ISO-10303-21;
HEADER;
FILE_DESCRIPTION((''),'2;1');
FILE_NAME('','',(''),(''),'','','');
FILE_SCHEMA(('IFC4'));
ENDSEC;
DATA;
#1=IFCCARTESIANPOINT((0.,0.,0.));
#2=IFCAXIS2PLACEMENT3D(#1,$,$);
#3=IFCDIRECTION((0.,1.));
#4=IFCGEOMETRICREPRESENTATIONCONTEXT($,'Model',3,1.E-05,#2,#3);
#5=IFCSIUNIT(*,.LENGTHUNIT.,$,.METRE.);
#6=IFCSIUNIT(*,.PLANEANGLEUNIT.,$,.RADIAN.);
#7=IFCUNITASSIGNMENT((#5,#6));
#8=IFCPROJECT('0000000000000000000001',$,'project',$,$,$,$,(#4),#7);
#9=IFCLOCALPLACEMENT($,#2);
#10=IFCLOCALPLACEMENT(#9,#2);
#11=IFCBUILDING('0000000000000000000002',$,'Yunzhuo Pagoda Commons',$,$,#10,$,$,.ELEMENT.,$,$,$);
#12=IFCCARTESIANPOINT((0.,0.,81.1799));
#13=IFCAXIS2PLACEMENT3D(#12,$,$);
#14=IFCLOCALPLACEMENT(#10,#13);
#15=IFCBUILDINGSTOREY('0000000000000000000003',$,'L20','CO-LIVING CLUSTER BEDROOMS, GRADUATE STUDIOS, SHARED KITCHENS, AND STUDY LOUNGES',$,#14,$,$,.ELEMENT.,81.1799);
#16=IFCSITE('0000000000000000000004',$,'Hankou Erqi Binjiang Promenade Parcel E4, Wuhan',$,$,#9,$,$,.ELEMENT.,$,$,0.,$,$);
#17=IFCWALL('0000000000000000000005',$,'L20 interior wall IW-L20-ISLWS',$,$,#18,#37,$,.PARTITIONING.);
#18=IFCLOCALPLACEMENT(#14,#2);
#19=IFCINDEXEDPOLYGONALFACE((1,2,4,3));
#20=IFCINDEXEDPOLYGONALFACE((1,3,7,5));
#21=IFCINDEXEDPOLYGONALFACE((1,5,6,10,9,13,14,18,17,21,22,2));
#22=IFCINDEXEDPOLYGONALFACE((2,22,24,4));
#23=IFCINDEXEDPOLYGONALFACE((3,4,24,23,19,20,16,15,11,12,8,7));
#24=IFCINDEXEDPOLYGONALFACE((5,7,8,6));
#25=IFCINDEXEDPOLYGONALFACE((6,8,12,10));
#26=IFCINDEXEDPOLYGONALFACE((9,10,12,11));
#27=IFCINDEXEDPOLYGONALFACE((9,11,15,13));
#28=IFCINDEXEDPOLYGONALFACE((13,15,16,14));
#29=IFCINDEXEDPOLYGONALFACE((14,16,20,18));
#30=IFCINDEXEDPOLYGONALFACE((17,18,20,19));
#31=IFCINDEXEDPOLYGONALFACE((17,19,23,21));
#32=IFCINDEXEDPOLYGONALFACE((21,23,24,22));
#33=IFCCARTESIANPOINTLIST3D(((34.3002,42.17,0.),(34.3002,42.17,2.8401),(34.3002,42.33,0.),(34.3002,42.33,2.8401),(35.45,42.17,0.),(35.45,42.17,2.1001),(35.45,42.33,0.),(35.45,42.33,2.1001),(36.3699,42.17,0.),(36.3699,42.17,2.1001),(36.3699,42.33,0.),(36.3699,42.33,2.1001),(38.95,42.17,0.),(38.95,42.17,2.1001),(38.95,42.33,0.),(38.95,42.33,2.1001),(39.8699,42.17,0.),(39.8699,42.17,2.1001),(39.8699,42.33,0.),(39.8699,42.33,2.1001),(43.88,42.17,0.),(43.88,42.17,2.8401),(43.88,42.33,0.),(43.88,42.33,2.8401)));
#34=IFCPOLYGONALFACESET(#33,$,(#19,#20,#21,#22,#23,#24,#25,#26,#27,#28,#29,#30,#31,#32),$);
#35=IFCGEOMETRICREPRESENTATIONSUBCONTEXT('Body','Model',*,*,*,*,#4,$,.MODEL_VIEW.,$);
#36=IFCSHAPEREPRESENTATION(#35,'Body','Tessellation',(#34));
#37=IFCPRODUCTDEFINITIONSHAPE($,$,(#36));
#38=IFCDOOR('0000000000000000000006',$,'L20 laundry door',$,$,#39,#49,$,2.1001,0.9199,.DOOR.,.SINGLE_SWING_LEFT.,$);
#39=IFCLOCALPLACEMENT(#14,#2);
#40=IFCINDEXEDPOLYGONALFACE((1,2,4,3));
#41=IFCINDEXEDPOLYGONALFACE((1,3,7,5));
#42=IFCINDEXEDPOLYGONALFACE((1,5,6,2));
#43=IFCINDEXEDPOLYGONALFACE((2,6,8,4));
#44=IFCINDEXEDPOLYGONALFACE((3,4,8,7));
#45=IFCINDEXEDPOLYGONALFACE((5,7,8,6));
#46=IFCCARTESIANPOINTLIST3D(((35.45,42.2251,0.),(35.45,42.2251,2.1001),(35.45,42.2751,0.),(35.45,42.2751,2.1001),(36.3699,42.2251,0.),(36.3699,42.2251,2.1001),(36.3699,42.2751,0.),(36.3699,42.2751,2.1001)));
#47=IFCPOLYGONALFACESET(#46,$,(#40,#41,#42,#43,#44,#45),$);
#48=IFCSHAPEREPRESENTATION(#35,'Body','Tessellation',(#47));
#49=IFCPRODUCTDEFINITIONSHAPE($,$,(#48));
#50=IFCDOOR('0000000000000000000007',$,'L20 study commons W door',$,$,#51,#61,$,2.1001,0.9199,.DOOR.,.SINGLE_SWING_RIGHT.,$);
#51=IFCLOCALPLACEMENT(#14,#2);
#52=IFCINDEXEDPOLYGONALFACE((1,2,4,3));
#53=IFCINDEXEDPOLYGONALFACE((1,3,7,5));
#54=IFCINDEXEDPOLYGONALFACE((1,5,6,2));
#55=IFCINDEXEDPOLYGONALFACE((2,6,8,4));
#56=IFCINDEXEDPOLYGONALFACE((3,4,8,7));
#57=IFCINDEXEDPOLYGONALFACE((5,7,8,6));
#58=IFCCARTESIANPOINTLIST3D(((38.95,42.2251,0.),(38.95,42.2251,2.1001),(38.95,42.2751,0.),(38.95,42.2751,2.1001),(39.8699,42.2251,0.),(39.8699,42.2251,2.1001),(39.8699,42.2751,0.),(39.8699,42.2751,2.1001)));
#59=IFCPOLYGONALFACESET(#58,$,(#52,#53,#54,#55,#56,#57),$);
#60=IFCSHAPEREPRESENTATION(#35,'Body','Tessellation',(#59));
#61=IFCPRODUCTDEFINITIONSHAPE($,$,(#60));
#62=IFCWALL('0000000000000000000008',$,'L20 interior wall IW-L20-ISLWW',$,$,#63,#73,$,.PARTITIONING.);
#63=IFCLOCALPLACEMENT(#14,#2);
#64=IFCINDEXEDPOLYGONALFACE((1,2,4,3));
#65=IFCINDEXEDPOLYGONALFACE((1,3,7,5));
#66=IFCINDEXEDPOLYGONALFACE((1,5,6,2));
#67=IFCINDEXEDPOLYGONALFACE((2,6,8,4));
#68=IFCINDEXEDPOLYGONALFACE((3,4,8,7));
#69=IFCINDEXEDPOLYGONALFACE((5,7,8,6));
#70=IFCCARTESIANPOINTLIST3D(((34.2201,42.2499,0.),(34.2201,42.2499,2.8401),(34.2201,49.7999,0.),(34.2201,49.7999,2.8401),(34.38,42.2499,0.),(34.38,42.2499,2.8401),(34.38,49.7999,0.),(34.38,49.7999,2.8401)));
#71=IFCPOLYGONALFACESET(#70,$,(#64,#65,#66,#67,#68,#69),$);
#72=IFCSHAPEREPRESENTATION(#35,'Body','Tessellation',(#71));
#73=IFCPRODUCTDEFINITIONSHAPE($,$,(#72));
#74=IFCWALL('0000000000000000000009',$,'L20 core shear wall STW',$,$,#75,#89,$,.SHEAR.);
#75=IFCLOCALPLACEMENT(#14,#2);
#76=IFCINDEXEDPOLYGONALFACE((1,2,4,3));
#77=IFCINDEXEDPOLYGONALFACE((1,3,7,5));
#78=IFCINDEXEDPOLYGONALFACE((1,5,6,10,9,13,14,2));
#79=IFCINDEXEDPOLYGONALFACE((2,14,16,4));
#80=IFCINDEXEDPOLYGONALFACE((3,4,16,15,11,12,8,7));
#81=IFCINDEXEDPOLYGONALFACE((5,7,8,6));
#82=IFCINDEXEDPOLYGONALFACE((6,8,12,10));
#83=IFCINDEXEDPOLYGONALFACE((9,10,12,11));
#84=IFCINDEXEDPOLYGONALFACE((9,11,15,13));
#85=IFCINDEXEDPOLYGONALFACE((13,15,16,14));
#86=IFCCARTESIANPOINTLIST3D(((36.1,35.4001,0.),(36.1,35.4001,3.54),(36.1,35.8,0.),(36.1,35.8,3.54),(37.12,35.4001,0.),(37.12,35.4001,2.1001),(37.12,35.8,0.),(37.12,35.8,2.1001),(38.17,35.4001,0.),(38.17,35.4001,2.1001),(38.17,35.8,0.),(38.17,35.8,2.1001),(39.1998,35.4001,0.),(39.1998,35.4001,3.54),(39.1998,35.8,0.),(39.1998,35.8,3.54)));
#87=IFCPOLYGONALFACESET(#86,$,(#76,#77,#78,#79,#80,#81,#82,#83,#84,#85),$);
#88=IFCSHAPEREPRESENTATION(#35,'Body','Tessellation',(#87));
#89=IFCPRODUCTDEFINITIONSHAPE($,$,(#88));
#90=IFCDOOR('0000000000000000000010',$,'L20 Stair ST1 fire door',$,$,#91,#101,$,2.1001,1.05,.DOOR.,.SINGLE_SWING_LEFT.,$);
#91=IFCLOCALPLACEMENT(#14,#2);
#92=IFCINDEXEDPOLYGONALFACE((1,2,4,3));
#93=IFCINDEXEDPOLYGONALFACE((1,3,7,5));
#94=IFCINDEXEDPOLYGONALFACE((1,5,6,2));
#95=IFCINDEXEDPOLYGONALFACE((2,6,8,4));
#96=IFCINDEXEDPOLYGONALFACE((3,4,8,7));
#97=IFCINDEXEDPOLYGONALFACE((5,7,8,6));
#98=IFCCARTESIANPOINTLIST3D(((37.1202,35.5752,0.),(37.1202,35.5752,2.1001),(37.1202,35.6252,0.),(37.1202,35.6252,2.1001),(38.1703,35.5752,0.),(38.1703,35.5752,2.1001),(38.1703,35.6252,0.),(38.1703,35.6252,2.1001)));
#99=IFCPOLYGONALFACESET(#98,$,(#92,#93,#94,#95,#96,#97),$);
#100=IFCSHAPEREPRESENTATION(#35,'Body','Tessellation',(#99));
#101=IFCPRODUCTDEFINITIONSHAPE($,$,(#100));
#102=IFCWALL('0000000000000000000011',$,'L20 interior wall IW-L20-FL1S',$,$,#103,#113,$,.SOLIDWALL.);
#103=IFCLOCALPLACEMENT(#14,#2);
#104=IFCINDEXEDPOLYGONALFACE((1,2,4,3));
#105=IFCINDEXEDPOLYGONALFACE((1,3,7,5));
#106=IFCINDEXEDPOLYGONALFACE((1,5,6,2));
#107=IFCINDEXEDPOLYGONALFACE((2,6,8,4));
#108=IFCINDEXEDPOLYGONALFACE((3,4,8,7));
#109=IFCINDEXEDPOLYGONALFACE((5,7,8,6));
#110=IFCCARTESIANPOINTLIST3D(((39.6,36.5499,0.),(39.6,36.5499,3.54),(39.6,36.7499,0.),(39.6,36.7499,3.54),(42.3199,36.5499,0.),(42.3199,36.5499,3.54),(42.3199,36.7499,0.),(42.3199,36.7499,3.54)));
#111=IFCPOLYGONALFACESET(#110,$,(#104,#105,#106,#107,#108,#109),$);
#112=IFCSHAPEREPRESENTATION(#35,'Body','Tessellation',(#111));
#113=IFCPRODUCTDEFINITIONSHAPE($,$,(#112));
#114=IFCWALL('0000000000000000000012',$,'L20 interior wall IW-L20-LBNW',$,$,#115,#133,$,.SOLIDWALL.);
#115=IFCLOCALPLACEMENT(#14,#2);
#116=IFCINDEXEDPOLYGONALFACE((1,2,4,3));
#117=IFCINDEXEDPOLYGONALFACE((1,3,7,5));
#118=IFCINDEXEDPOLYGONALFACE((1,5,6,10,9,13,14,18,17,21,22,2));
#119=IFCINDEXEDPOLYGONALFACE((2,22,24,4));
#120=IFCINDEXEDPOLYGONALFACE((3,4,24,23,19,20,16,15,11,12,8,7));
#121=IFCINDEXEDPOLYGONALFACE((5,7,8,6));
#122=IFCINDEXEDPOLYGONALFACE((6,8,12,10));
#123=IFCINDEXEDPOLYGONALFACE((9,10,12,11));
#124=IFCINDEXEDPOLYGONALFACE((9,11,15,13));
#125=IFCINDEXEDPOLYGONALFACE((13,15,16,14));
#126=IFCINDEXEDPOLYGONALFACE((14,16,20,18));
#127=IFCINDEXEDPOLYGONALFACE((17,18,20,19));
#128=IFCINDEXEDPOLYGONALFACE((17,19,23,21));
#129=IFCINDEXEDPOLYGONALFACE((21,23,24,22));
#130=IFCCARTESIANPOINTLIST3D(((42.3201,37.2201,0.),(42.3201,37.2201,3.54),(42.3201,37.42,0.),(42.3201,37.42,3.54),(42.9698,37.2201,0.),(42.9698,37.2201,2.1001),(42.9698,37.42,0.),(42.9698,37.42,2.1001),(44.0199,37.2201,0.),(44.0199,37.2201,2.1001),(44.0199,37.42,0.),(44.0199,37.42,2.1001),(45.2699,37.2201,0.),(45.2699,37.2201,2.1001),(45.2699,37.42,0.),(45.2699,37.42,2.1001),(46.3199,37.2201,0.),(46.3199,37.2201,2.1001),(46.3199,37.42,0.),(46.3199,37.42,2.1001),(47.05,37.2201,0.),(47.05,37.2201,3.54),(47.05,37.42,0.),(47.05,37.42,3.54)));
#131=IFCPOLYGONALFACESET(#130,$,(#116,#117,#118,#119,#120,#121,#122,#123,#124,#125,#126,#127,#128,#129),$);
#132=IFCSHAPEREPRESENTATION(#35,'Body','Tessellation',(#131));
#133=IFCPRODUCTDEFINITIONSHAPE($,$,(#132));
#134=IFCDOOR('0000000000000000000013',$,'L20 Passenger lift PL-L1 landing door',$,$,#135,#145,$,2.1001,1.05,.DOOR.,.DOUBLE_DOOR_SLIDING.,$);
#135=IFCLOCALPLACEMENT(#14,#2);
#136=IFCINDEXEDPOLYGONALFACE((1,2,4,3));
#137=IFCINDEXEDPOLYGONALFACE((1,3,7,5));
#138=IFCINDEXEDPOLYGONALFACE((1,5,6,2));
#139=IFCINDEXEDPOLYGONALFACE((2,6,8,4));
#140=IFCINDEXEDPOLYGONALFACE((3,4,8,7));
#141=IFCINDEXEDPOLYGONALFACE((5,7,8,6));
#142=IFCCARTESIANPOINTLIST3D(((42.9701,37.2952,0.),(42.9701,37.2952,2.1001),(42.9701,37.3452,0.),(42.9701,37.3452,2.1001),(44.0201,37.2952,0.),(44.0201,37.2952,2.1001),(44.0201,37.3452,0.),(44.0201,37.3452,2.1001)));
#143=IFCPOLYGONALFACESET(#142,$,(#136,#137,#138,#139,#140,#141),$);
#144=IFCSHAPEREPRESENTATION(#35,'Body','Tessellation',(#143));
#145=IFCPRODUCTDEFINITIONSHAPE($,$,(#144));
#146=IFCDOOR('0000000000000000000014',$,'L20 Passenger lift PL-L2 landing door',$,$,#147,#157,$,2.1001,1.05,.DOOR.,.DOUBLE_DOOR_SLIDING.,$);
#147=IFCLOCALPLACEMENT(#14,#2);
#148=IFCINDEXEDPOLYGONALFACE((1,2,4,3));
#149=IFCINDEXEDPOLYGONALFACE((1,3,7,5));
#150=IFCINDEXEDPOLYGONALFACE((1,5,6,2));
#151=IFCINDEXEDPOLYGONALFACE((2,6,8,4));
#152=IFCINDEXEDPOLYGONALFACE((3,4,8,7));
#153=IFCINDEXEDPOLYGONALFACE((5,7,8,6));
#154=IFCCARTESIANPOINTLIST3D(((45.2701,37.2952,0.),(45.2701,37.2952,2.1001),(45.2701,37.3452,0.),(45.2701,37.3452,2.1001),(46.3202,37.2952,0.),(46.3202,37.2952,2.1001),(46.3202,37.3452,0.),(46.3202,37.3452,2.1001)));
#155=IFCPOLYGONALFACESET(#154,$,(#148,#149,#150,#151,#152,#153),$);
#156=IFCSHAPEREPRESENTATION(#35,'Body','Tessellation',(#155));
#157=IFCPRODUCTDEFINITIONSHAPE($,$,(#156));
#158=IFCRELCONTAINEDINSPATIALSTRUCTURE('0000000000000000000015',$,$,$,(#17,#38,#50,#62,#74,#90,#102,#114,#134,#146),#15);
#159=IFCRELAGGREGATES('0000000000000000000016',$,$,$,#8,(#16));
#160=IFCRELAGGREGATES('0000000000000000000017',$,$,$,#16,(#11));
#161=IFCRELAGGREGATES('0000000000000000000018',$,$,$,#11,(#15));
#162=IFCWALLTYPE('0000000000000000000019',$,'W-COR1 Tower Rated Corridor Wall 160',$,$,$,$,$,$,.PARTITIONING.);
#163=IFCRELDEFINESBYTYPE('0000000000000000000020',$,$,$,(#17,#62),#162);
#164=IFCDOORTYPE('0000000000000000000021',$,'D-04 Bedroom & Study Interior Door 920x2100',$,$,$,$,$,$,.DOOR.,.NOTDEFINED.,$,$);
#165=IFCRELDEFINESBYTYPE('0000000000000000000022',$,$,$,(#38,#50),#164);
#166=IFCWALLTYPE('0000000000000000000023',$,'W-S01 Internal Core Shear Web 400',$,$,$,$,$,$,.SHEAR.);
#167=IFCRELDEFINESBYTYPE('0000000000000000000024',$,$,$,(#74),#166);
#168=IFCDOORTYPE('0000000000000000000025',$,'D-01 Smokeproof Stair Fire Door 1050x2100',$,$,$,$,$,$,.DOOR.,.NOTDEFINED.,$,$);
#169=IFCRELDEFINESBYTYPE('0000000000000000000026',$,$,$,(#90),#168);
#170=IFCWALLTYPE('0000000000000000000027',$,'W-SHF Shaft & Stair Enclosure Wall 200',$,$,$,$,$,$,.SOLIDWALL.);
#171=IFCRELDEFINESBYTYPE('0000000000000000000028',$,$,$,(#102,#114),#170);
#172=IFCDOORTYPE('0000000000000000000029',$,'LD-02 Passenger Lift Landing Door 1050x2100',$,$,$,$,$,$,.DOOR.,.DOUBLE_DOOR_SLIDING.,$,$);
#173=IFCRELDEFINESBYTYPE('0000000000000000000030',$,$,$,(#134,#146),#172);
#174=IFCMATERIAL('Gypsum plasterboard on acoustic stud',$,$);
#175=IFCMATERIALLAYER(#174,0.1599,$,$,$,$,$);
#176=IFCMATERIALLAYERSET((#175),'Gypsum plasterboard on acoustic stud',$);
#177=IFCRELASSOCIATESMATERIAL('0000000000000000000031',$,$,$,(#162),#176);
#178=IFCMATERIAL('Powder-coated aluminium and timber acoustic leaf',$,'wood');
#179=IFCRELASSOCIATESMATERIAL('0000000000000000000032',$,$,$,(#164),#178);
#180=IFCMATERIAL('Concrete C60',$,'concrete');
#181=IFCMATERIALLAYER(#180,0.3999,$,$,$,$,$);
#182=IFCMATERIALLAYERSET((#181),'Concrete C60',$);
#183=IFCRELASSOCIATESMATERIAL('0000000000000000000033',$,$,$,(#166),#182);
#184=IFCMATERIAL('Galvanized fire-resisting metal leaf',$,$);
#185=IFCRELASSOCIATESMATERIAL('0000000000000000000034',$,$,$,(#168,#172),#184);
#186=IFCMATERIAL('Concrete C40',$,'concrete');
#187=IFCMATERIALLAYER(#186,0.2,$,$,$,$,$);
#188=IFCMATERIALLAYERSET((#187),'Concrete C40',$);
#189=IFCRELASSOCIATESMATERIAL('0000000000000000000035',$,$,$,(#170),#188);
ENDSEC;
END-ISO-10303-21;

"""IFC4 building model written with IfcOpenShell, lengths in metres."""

from ifc_helpers import new_model, si_unit, direction, frame, frame_2d, origin, place, context, subcontext, project, spatial, rectangle, extrude, source, transform, mapped, material, layer, layer_set, type_object, element, fill, save


model = new_model("IFC4")

# Units and contexts
model_context = context("Model", 3, precision=1e-05, world=origin(), true_north=direction((0.0, 1.0)))
body_context = subcontext(model_context, "Body", "Model", "MODEL_VIEW")
ifc_project = project(units=[si_unit("LENGTHUNIT", "METRE"), si_unit("PLANEANGLEUNIT", "RADIAN")], contexts=[model_context])

# Site, building, storey
site_placement = place(None, origin())
site = spatial("IfcSite", under=ifc_project, at=site_placement, Name="Hankou Erqi Binjiang Promenade Parcel E4, Wuhan", CompositionType="ELEMENT", RefElevation=0.0)
building_placement = place(site_placement, origin())
building = spatial("IfcBuilding", under=site, at=building_placement, Name="Yunzhuo Pagoda Commons", CompositionType="ELEMENT")
storey_placement = place(building_placement, frame((0.0, 0.0, 81.1799)))
storey = spatial("IfcBuildingStorey", under=building, at=storey_placement, Name="L20", Description="CO-LIVING CLUSTER BEDROOMS, GRADUATE STUDIOS, SHARED KITCHENS, AND STUDY LOUNGES", CompositionType="ELEMENT", Elevation=81.1799)

# Shared definitions
ifc_material_1 = material(Name="Concrete C60", Category="concrete")
ifc_material_2 = material(Name="Galvanized fire-resisting metal leaf")
shared_shape_1 = source(origin(), body_context, "Body", "SweptSolid", [
    extrude(rectangle(XDim=1.05, YDim=2.1001, at=frame_2d((0.5249, 1.05))), frame((0.0, 0.0249, 0.0), z_axis=(0.0, -1.0, 0.0), x_axis=(1.0, 0.0, 0.0)), (0.0, 0.0, 1.0), 0.05),
])

# Wall, openings, doors
ifc_material_3 = material(Name="Gypsum plasterboard on acoustic stud")
ifc_layer_1 = layer(ifc_material_3, 0.1599)
ifc_layer_set_1 = layer_set([ifc_layer_1], Name="Gypsum plasterboard on acoustic stud")
wall_type_1 = type_object("IfcWallType", Name="W-COR1 Tower Rated Corridor Wall 160", PredefinedType="PARTITIONING", material=ifc_layer_set_1)
wall_1_placement = place(storey_placement, frame((34.3, 42.25, 0.0), z_axis=(0.0, 0.0, 1.0), x_axis=(1.0, 0.0, 0.0)))
wall_1 = element("IfcWall", 1, at=wall_1_placement, inside=storey, type_object=wall_type_1, Name="L20 interior wall IW-L20-ISLWS", PredefinedType="PARTITIONING", context=body_context, shape_type="SweptSolid", body=[
    extrude(rectangle(XDim=9.5798, YDim=0.1599, at=frame_2d((4.79, 0.0))), origin(), (0.0, 0.0, 1.0), 2.8401),
])
opening_1_placement = place(wall_1_placement, frame((1.1499, 0.0, 0.0)))
opening_1 = element("IfcOpeningElement", 2, at=opening_1_placement, cuts=wall_1, PredefinedType="OPENING", context=body_context, shape_type="SweptSolid", body=[
    extrude(rectangle(XDim=0.9199, YDim=2.1001, at=frame_2d((0.46, 1.05))), frame((0.0, 0.0898, 0.0), z_axis=(0.0, -1.0, 0.0), x_axis=(1.0, 0.0, 0.0)), (0.0, 0.0, 1.0), 0.1799),
])
opening_2_placement = place(wall_1_placement, frame((4.6499, 0.0, 0.0)))
opening_2 = element("IfcOpeningElement", 3, at=opening_2_placement, cuts=wall_1, PredefinedType="OPENING", context=body_context, shape_type="SweptSolid", body=[
    extrude(rectangle(XDim=0.9199, YDim=2.1001, at=frame_2d((0.46, 1.05))), frame((0.0, 0.0898, 0.0), z_axis=(0.0, -1.0, 0.0), x_axis=(1.0, 0.0, 0.0)), (0.0, 0.0, 1.0), 0.1799),
])
ifc_material_4 = material(Name="Powder-coated aluminium and timber acoustic leaf", Category="wood")
door_type_1 = type_object("IfcDoorType", Name="D-04 Bedroom & Study Interior Door 920x2100", OperationType="NOTDEFINED", PredefinedType="DOOR", material=ifc_material_4)
shared_shape_2 = source(origin(), body_context, "Body", "SweptSolid", [
    extrude(rectangle(XDim=0.9199, YDim=2.1001, at=frame_2d((0.46, 1.05))), frame((0.0, 0.0249, 0.0), z_axis=(0.0, -1.0, 0.0), x_axis=(1.0, 0.0, 0.0)), (0.0, 0.0, 1.0), 0.05),
])
door_1_placement = place(opening_1_placement, frame((0.9199, 0.0, 0.0), z_axis=(0.0, 0.0, 1.0), x_axis=(-1.0, 0.0, 0.0)))
door_1 = element("IfcDoor", 4, at=door_1_placement, inside=storey, type_object=door_type_1, Name="L20 laundry door", OperationType="SINGLE_SWING_LEFT", OverallHeight=2.1001, OverallWidth=0.9199, PredefinedType="DOOR", context=body_context, shape_type="MappedRepresentation", body=[
    mapped(shared_shape_2, transform((0.0, 0.0, 0.0), scale=1.0)),
])
fill(opening_1, door_1)
door_2_placement = place(opening_2_placement, frame((0.9199, 0.0, 0.0), z_axis=(0.0, 0.0, 1.0), x_axis=(-1.0, 0.0, 0.0)))
door_2 = element("IfcDoor", 5, at=door_2_placement, inside=storey, type_object=door_type_1, Name="L20 study commons W door", OperationType="SINGLE_SWING_RIGHT", OverallHeight=2.1001, OverallWidth=0.9199, PredefinedType="DOOR", context=body_context, shape_type="MappedRepresentation", body=[
    mapped(shared_shape_2, transform((0.0, 0.0, 0.0), scale=1.0)),
])
fill(opening_2, door_2)

# Wall
wall_2_placement = place(storey_placement, frame((34.3, 42.25, 0.0), z_axis=(0.0, 0.0, 1.0), x_axis=(0.0, 1.0, 0.0)))
element("IfcWall", 6, at=wall_2_placement, inside=storey, type_object=wall_type_1, Name="L20 interior wall IW-L20-ISLWW", PredefinedType="PARTITIONING", context=body_context, shape_type="SweptSolid", body=[
    extrude(rectangle(XDim=7.55, YDim=0.1599, at=frame_2d((3.7749, 0.0))), origin(), (0.0, 0.0, 1.0), 2.8401),
])

# Wall, opening, door
ifc_layer_2 = layer(ifc_material_1, 0.3999)
ifc_layer_set_2 = layer_set([ifc_layer_2], Name="Concrete C60")
wall_type_2 = type_object("IfcWallType", Name="W-S01 Internal Core Shear Web 400", PredefinedType="SHEAR", material=ifc_layer_set_2)
wall_3_placement = place(storey_placement, frame((36.1001, 35.6001, 0.0), z_axis=(0.0, 0.0, 1.0), x_axis=(1.0, 0.0, 0.0)))
wall_3 = element("IfcWall", 7, at=wall_3_placement, inside=storey, type_object=wall_type_2, Name="L20 core shear wall STW", PredefinedType="SHEAR", context=body_context, shape_type="SweptSolid", body=[
    extrude(rectangle(XDim=3.0999, YDim=0.3999, at=frame_2d((1.5498, 0.0))), origin(), (0.0, 0.0, 1.0), 3.54),
])
opening_3_placement = place(wall_3_placement, frame((1.02, 0.0, 0.0)))
opening_3 = element("IfcOpeningElement", 8, at=opening_3_placement, cuts=wall_3, PredefinedType="OPENING", context=body_context, shape_type="SweptSolid", body=[
    extrude(rectangle(XDim=1.05, YDim=2.1001, at=frame_2d((0.5249, 1.05))), frame((0.0, 0.21, 0.0), z_axis=(0.0, -1.0, 0.0), x_axis=(1.0, 0.0, 0.0)), (0.0, 0.0, 1.0), 0.4199),
])
door_type_2 = type_object("IfcDoorType", Name="D-01 Smokeproof Stair Fire Door 1050x2100", OperationType="NOTDEFINED", PredefinedType="DOOR", material=ifc_material_2)
door_3_placement = place(opening_3_placement, frame((1.05, 0.0, 0.0), z_axis=(0.0, 0.0, 1.0), x_axis=(-1.0, 0.0, 0.0)))
door_3 = element("IfcDoor", 9, at=door_3_placement, inside=storey, type_object=door_type_2, Name="L20 Stair ST1 fire door", OperationType="SINGLE_SWING_LEFT", OverallHeight=2.1001, OverallWidth=1.05, PredefinedType="DOOR", context=body_context, shape_type="MappedRepresentation", body=[
    mapped(shared_shape_1, transform((0.0, 0.0, 0.0), scale=1.0)),
])
fill(opening_3, door_3)

# Wall
ifc_material_5 = material(Name="Concrete C40", Category="concrete")
ifc_layer_3 = layer(ifc_material_5, 0.2)
ifc_layer_set_3 = layer_set([ifc_layer_3], Name="Concrete C40")
wall_type_3 = type_object("IfcWallType", Name="W-SHF Shaft & Stair Enclosure Wall 200", PredefinedType="SOLIDWALL", material=ifc_layer_set_3)
wall_4_placement = place(storey_placement, frame((39.6001, 36.6499, 0.0), z_axis=(0.0, 0.0, 1.0), x_axis=(1.0, 0.0, 0.0)))
element("IfcWall", 10, at=wall_4_placement, inside=storey, type_object=wall_type_3, Name="L20 interior wall IW-L20-FL1S", PredefinedType="SOLIDWALL", context=body_context, shape_type="SweptSolid", body=[
    extrude(rectangle(XDim=2.72, YDim=0.2, at=frame_2d((1.3599, 0.0))), origin(), (0.0, 0.0, 1.0), 3.54),
])

# Wall, openings, doors
wall_5_placement = place(storey_placement, frame((42.3201, 37.3201, 0.0), z_axis=(0.0, 0.0, 1.0), x_axis=(1.0, 0.0, 0.0)))
wall_5 = element("IfcWall", 11, at=wall_5_placement, inside=storey, type_object=wall_type_3, Name="L20 interior wall IW-L20-LBNW", PredefinedType="SOLIDWALL", context=body_context, shape_type="SweptSolid", body=[
    extrude(rectangle(XDim=4.73, YDim=0.2, at=frame_2d((2.365, 0.0))), origin(), (0.0, 0.0, 1.0), 3.54),
])
opening_4_placement = place(wall_5_placement, frame((0.6499, 0.0, 0.0)))
opening_4 = element("IfcOpeningElement", 12, at=opening_4_placement, cuts=wall_5, PredefinedType="OPENING", context=body_context, shape_type="SweptSolid", body=[
    extrude(rectangle(XDim=1.05, YDim=2.1001, at=frame_2d((0.5249, 1.05))), frame((0.0, 0.1099, 0.0), z_axis=(0.0, -1.0, 0.0), x_axis=(1.0, 0.0, 0.0)), (0.0, 0.0, 1.0), 0.22),
])
opening_5_placement = place(wall_5_placement, frame((2.95, 0.0, 0.0)))
opening_5 = element("IfcOpeningElement", 13, at=opening_5_placement, cuts=wall_5, PredefinedType="OPENING", context=body_context, shape_type="SweptSolid", body=[
    extrude(rectangle(XDim=1.05, YDim=2.1001, at=frame_2d((0.5249, 1.05))), frame((0.0, 0.1099, 0.0), z_axis=(0.0, -1.0, 0.0), x_axis=(1.0, 0.0, 0.0)), (0.0, 0.0, 1.0), 0.22),
])
door_type_3 = type_object("IfcDoorType", Name="LD-02 Passenger Lift Landing Door 1050x2100", OperationType="DOUBLE_DOOR_SLIDING", PredefinedType="DOOR", material=ifc_material_2)
door_4_placement = place(opening_4_placement, frame((1.05, 0.0, 0.0), z_axis=(0.0, 0.0, 1.0), x_axis=(-1.0, 0.0, 0.0)))
door_4 = element("IfcDoor", 14, at=door_4_placement, inside=storey, type_object=door_type_3, Name="L20 Passenger lift PL-L1 landing door", OperationType="DOUBLE_DOOR_SLIDING", OverallHeight=2.1001, OverallWidth=1.05, PredefinedType="DOOR", context=body_context, shape_type="MappedRepresentation", body=[
    mapped(shared_shape_1, transform((0.0, 0.0, 0.0), scale=1.0)),
])
fill(opening_4, door_4)
door_5_placement = place(opening_5_placement, frame((1.05, 0.0, 0.0), z_axis=(0.0, 0.0, 1.0), x_axis=(-1.0, 0.0, 0.0)))
door_5 = element("IfcDoor", 15, at=door_5_placement, inside=storey, type_object=door_type_3, Name="L20 Passenger lift PL-L2 landing door", OperationType="DOUBLE_DOOR_SLIDING", OverallHeight=2.1001, OverallWidth=1.05, PredefinedType="DOOR", context=body_context, shape_type="MappedRepresentation", body=[
    mapped(shared_shape_1, transform((0.0, 0.0, 0.0), scale=1.0)),
])
fill(opening_5, door_5)

save(model, "model.ifc")
